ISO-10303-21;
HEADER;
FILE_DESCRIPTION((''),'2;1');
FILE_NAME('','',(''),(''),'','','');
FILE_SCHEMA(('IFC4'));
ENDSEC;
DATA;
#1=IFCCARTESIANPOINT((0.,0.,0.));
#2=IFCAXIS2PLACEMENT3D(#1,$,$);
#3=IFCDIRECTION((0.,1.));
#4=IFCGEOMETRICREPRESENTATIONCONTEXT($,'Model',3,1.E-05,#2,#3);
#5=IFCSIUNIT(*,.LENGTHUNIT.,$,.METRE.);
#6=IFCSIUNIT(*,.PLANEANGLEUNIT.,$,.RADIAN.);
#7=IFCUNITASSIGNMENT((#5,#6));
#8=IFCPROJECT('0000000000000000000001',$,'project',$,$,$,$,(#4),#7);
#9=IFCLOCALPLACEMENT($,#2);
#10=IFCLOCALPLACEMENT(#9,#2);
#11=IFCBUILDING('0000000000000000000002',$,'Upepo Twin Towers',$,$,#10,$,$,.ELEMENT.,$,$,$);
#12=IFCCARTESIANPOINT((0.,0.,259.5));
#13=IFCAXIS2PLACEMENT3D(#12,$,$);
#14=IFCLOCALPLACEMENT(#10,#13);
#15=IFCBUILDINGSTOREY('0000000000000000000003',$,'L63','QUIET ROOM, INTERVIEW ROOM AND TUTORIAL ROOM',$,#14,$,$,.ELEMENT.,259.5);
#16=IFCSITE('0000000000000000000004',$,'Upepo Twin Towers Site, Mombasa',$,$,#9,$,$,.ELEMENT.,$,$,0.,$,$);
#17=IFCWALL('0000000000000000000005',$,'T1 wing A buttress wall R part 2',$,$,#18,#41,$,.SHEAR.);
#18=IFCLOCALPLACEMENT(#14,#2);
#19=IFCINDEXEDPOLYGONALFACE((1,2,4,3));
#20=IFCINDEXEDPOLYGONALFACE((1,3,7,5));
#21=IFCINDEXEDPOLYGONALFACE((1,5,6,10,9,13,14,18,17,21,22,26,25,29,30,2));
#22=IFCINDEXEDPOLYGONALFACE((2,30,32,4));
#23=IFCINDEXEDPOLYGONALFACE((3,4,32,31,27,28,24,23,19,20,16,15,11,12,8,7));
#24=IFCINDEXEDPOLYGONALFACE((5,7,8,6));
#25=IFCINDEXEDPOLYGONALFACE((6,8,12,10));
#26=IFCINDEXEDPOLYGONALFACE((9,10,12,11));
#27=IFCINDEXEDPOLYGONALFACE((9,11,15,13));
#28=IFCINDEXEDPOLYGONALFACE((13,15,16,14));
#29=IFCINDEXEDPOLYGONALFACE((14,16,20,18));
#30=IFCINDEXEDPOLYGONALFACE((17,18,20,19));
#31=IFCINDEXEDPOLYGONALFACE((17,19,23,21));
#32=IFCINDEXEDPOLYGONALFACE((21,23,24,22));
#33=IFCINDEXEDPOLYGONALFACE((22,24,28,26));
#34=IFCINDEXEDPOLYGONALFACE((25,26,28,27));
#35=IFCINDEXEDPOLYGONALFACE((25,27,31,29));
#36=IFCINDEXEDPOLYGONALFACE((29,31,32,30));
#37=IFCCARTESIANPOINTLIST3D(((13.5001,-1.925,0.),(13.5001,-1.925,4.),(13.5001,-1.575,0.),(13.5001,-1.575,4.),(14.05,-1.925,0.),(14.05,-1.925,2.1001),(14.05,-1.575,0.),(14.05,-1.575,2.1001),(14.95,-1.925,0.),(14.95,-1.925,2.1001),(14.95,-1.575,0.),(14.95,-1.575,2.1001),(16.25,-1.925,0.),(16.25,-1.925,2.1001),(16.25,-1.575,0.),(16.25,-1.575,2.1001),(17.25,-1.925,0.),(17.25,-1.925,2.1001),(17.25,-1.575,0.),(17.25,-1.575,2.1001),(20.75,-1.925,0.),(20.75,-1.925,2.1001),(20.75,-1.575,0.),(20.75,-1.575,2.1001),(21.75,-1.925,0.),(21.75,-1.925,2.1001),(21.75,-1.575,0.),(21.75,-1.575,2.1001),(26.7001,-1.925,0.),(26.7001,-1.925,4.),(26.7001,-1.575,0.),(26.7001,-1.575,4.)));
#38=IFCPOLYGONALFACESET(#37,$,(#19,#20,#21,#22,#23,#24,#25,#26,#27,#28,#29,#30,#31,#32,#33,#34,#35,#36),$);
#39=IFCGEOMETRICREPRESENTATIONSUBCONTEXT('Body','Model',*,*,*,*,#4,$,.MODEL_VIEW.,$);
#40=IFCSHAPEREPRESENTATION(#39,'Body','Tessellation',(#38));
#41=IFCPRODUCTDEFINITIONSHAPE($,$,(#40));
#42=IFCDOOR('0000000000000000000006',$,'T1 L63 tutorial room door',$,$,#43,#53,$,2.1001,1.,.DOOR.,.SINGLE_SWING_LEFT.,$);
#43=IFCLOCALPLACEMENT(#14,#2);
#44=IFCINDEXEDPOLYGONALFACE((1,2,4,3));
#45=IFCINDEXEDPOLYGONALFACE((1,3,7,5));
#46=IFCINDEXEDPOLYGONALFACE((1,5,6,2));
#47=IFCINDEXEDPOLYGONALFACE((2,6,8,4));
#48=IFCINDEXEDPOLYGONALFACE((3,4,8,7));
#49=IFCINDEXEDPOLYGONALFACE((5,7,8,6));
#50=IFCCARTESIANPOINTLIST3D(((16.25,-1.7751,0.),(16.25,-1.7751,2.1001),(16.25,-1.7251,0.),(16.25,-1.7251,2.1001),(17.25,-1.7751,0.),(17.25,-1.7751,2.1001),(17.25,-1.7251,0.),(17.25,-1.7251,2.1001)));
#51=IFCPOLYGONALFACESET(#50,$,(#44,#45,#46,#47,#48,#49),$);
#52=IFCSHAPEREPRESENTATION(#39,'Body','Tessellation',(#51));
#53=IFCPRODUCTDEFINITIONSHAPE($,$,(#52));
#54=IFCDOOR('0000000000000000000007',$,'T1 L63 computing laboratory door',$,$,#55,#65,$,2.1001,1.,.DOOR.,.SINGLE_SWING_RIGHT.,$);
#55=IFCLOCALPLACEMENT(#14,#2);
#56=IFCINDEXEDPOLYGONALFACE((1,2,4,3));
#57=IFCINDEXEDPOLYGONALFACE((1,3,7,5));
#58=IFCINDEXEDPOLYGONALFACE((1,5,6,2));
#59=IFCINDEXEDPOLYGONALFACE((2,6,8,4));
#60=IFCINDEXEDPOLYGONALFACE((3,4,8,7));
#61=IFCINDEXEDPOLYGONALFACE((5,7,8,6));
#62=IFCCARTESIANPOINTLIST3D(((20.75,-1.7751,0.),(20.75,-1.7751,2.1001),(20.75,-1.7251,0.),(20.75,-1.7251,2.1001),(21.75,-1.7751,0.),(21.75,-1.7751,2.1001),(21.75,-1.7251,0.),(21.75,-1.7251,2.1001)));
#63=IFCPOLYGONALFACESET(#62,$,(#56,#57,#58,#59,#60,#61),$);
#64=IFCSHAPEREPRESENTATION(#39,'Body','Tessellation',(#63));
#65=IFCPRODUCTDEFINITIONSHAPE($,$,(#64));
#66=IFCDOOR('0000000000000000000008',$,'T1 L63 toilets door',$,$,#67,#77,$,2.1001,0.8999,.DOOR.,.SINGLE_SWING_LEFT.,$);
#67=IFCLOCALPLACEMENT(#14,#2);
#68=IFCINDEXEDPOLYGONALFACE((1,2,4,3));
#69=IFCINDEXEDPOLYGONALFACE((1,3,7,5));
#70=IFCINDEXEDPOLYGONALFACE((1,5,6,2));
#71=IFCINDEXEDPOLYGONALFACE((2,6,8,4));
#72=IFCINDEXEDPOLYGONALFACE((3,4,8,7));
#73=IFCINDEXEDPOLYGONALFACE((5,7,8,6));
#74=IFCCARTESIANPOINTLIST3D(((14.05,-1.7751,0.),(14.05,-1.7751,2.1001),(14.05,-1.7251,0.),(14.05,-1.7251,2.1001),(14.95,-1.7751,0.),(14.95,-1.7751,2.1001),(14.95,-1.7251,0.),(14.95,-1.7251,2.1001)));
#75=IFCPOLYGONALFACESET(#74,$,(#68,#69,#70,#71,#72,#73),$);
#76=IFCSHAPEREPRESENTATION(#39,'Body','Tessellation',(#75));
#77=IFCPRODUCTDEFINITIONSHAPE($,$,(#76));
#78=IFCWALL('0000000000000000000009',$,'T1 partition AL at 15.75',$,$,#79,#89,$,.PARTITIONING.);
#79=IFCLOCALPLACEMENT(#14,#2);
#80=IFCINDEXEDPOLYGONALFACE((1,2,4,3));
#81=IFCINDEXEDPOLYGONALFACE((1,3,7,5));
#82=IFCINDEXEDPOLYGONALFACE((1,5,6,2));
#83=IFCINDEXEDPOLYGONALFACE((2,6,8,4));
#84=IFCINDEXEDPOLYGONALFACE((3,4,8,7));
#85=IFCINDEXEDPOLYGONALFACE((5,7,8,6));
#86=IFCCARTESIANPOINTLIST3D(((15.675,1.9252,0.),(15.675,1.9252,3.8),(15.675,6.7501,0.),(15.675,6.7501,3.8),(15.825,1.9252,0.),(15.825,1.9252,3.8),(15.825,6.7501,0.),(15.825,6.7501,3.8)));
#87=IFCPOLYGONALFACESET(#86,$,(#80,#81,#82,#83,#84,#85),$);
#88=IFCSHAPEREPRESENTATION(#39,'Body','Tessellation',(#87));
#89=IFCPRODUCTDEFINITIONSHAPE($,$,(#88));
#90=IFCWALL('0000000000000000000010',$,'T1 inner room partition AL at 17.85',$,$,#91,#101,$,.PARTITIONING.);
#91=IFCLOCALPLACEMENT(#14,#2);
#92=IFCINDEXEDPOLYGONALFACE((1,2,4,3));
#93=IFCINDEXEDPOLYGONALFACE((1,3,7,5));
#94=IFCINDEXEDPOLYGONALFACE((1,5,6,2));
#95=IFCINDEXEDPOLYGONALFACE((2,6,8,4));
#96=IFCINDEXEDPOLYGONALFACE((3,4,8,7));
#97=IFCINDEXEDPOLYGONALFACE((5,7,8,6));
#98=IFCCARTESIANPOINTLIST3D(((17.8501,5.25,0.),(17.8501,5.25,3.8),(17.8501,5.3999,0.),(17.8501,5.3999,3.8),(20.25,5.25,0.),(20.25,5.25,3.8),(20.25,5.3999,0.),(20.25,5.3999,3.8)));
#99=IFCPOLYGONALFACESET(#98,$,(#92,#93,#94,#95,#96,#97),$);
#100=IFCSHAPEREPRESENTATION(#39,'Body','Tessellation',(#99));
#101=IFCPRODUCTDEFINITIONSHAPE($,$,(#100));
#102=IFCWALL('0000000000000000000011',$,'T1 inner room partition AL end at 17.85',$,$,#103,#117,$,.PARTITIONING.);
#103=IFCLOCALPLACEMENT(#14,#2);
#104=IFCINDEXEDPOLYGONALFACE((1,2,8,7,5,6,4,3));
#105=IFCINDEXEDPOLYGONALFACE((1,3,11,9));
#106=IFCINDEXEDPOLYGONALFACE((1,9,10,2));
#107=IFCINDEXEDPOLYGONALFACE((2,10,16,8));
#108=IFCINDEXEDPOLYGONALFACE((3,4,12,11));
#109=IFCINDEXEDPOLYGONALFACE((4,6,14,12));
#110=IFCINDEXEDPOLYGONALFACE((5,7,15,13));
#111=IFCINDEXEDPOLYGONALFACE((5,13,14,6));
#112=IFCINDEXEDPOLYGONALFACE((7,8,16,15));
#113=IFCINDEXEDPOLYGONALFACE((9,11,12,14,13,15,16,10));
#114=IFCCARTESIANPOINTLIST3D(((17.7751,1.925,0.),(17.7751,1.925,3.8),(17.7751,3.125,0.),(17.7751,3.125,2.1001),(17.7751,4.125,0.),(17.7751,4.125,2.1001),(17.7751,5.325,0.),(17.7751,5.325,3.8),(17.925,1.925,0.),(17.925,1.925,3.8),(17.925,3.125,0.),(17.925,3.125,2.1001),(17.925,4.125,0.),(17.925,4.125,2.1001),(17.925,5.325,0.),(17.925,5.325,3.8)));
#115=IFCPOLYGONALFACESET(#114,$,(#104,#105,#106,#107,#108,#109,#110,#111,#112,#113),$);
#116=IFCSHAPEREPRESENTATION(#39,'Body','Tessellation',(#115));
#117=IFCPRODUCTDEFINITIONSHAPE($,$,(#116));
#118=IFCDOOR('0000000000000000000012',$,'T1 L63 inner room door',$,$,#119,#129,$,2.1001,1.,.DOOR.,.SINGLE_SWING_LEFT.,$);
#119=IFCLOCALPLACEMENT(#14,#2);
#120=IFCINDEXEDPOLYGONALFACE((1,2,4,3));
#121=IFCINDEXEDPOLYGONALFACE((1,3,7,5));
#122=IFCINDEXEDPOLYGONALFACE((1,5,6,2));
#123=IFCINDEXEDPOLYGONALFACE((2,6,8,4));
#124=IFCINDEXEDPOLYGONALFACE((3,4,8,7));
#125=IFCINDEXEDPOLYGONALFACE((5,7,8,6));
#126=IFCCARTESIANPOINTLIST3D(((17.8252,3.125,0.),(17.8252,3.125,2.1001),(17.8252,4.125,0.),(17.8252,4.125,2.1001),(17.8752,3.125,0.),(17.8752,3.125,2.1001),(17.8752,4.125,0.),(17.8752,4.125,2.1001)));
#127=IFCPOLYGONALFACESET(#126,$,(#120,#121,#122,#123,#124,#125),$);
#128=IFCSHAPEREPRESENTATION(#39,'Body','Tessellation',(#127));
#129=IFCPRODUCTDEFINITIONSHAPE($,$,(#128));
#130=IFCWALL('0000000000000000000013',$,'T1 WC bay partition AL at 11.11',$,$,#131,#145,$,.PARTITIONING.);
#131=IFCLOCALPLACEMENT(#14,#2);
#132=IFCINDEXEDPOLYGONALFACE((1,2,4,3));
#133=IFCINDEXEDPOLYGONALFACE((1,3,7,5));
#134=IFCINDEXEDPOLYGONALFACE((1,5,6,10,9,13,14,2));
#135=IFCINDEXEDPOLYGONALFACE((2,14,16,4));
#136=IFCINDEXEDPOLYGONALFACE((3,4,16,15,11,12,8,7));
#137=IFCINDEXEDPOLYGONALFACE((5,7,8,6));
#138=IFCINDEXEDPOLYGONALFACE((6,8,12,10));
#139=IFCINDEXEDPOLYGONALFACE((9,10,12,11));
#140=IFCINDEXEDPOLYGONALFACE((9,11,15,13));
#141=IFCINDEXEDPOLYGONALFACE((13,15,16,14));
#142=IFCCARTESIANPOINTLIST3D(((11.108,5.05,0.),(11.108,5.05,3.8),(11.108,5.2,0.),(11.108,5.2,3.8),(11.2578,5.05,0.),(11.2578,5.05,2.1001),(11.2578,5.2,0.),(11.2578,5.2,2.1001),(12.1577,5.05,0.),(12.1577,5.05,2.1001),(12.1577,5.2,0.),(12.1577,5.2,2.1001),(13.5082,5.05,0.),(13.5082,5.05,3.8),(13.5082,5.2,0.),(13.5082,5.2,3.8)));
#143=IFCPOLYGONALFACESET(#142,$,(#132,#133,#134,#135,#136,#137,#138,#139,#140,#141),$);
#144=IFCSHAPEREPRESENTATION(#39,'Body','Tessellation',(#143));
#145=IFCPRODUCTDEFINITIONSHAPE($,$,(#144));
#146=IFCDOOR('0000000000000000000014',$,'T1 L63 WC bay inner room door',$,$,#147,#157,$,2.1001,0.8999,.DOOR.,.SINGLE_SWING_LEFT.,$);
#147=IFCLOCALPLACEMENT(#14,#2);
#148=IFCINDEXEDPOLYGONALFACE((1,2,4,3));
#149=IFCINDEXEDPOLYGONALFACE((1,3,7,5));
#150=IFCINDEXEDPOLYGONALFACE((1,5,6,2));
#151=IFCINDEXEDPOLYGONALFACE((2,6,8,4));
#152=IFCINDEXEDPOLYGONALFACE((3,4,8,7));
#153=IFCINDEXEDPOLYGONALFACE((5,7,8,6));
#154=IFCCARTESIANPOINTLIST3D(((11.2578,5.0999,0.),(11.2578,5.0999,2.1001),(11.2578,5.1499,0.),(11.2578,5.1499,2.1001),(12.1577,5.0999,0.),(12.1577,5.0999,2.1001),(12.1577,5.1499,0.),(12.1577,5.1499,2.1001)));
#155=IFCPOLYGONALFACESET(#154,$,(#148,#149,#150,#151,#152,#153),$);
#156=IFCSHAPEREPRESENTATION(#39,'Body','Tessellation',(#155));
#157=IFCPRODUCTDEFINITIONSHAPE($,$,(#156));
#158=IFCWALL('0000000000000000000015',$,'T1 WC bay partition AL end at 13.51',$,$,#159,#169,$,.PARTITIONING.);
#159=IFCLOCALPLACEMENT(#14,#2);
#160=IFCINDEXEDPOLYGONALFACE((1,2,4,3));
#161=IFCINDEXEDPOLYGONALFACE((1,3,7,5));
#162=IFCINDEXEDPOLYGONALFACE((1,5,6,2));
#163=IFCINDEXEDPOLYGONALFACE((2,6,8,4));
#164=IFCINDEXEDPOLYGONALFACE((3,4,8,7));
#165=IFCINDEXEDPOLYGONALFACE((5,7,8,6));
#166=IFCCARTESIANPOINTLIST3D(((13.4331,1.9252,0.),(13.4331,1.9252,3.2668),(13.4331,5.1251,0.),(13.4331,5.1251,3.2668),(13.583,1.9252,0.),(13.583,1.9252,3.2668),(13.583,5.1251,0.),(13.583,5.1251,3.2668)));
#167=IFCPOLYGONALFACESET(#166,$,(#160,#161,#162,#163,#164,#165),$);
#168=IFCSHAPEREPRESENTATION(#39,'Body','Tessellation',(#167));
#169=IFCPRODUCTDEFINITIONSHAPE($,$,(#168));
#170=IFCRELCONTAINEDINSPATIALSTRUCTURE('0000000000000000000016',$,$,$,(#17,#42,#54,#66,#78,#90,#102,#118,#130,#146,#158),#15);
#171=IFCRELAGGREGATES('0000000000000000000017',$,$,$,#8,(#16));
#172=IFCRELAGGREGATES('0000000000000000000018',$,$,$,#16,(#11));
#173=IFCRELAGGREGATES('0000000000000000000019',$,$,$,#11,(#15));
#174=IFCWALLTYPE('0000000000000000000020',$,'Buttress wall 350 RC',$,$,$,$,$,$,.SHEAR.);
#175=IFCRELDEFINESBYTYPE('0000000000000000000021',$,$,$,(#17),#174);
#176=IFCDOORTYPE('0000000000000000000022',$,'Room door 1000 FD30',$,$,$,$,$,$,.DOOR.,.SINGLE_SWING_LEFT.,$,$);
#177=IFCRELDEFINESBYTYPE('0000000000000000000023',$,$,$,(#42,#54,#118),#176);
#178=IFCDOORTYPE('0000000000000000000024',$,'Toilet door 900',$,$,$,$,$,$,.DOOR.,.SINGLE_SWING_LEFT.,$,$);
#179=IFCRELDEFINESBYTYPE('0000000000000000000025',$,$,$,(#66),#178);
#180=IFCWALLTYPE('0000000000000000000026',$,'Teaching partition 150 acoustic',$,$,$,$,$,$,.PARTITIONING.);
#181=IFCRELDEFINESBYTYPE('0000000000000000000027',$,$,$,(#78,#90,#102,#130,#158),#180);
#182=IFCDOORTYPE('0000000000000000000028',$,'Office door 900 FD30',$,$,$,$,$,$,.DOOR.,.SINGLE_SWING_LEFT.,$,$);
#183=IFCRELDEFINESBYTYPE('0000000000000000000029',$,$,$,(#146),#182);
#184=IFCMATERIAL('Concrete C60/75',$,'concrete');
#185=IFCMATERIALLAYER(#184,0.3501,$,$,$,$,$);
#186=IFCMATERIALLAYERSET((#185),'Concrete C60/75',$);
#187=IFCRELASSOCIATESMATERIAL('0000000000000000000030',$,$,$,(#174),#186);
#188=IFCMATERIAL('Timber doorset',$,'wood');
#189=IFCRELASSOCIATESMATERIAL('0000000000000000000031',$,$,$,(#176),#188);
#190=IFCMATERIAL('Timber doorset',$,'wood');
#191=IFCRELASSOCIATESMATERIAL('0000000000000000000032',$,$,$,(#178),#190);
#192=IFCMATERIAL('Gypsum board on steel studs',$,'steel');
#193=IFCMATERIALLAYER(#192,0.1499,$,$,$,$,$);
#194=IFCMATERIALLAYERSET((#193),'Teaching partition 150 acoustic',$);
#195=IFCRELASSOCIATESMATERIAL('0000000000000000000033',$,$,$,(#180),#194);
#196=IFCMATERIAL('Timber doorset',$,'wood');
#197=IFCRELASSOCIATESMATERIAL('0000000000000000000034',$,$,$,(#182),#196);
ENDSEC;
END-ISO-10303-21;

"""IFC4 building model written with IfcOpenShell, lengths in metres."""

from ifc_helpers import new_model, si_unit, direction, frame, frame_2d, origin, place, context, subcontext, project, spatial, rectangle, extrude, material, layer, layer_set, type_object, element, fill, save


model = new_model("IFC4")

# Units and contexts
model_context = context("Model", 3, precision=1e-05, world=origin(), true_north=direction((0.0, 1.0)))
body_context = subcontext(model_context, "Body", "Model", "MODEL_VIEW")
ifc_project = project(units=[si_unit("LENGTHUNIT", "METRE"), si_unit("PLANEANGLEUNIT", "RADIAN")], contexts=[model_context])

# Site, building, storey
site_placement = place(None, origin())
site = spatial("IfcSite", under=ifc_project, at=site_placement, Name="Upepo Twin Towers Site, Mombasa", CompositionType="ELEMENT", RefElevation=0.0)
building_placement = place(site_placement, origin())
building = spatial("IfcBuilding", under=site, at=building_placement, Name="Upepo Twin Towers", CompositionType="ELEMENT")
storey_placement = place(building_placement, frame((0.0, 0.0, 259.5)))
storey = spatial("IfcBuildingStorey", under=building, at=storey_placement, Name="L63", Description="QUIET ROOM, INTERVIEW ROOM AND TUTORIAL ROOM", CompositionType="ELEMENT", Elevation=259.5)

# Wall, openings, doors
ifc_material_1 = material(Name="Concrete C60/75", Category="concrete")
ifc_layer_1 = layer(ifc_material_1, 0.3501)
ifc_layer_set_1 = layer_set([ifc_layer_1], Name="Concrete C60/75")
wall_type_1 = type_object("IfcWallType", Name="Buttress wall 350 RC", PredefinedType="SHEAR", material=ifc_layer_set_1)
ifc_material_2 = material(Name="Timber doorset", Category="wood")
door_type_1 = type_object("IfcDoorType", Name="Room door 1000 FD30", OperationType="SINGLE_SWING_LEFT", PredefinedType="DOOR", material=ifc_material_2)
ifc_material_3 = material(Name="Timber doorset", Category="wood")
door_type_2 = type_object("IfcDoorType", Name="Toilet door 900", OperationType="SINGLE_SWING_LEFT", PredefinedType="DOOR", material=ifc_material_3)
wall_1_placement = place(storey_placement, frame((13.5, -1.75, 0.0), z_axis=(0.0, 0.0, 1.0), x_axis=(1.0, 0.0, 0.0)))
wall_1 = element("IfcWall", 1, at=wall_1_placement, inside=storey, type_object=wall_type_1, Name="T1 wing A buttress wall R part 2", PredefinedType="SHEAR", context=body_context, shape_type="SweptSolid", body=[
    extrude(rectangle(XDim=13.2, YDim=0.3501, at=frame_2d((6.6001, 0.0))), origin(), (0.0, 0.0, 1.0), 4.0),
])
opening_1_placement = place(wall_1_placement, frame((0.55, 0.0, 0.0)))
opening_1 = element("IfcOpeningElement", 2, at=opening_1_placement, cuts=wall_1, PredefinedType="OPENING", context=body_context, shape_type="SweptSolid", body=[
    extrude(rectangle(XDim=0.8999, YDim=2.1001, at=frame_2d((0.45, 1.05))), frame((0.0, 0.1851, 0.0), z_axis=(0.0, -1.0, 0.0), x_axis=(1.0, 0.0, 0.0)), (0.0, 0.0, 1.0), 0.3701),
])
opening_2_placement = place(wall_1_placement, frame((2.75, 0.0, 0.0)))
opening_2 = element("IfcOpeningElement", 3, at=opening_2_placement, cuts=wall_1, PredefinedType="OPENING", context=body_context, shape_type="SweptSolid", body=[
    extrude(rectangle(XDim=1.0, YDim=2.1001, at=frame_2d((0.5, 1.05))), frame((0.0, 0.1851, 0.0), z_axis=(0.0, -1.0, 0.0), x_axis=(1.0, 0.0, 0.0)), (0.0, 0.0, 1.0), 0.3701),
])
opening_3_placement = place(wall_1_placement, frame((7.25, 0.0, 0.0)))
opening_3 = element("IfcOpeningElement", 4, at=opening_3_placement, cuts=wall_1, PredefinedType="OPENING", context=body_context, shape_type="SweptSolid", body=[
    extrude(rectangle(XDim=1.0, YDim=2.1001, at=frame_2d((0.5, 1.05))), frame((0.0, 0.1851, 0.0), z_axis=(0.0, -1.0, 0.0), x_axis=(1.0, 0.0, 0.0)), (0.0, 0.0, 1.0), 0.3701),
])
door_1_placement = place(opening_2_placement, origin())
door_1 = element("IfcDoor", 5, at=door_1_placement, inside=storey, type_object=door_type_1, Name="T1 L63 tutorial room door", OperationType="SINGLE_SWING_LEFT", OverallHeight=2.1001, OverallWidth=1.0, PredefinedType="DOOR", context=body_context, shape_type="SweptSolid", body=[
    extrude(rectangle(XDim=1.0, YDim=2.1001, at=frame_2d((0.5, 1.05))), frame((0.0, 0.0249, 0.0), z_axis=(0.0, -1.0, 0.0), x_axis=(1.0, 0.0, 0.0)), (0.0, 0.0, 1.0), 0.05),
])
fill(opening_2, door_1)
door_2_placement = place(opening_3_placement, origin())
door_2 = element("IfcDoor", 6, at=door_2_placement, inside=storey, type_object=door_type_1, Name="T1 L63 computing laboratory door", OperationType="SINGLE_SWING_RIGHT", OverallHeight=2.1001, OverallWidth=1.0, PredefinedType="DOOR", context=body_context, shape_type="SweptSolid", body=[
    extrude(rectangle(XDim=1.0, YDim=2.1001, at=frame_2d((0.5, 1.05))), frame((0.0, 0.0249, 0.0), z_axis=(0.0, -1.0, 0.0), x_axis=(1.0, 0.0, 0.0)), (0.0, 0.0, 1.0), 0.05),
])
fill(opening_3, door_2)
door_3_placement = place(opening_1_placement, origin())
door_3 = element("IfcDoor", 7, at=door_3_placement, inside=storey, type_object=door_type_2, Name="T1 L63 toilets door", OperationType="SINGLE_SWING_LEFT", OverallHeight=2.1001, OverallWidth=0.8999, PredefinedType="DOOR", context=body_context, shape_type="SweptSolid", body=[
    extrude(rectangle(XDim=0.8999, YDim=2.1001, at=frame_2d((0.45, 1.05))), frame((0.0, 0.0249, 0.0), z_axis=(0.0, -1.0, 0.0), x_axis=(1.0, 0.0, 0.0)), (0.0, 0.0, 1.0), 0.05),
])
fill(opening_1, door_3)

# Walls
ifc_material_4 = material(Name="Gypsum board on steel studs", Category="steel")
ifc_layer_2 = layer(ifc_material_4, 0.1499)
ifc_layer_set_2 = layer_set([ifc_layer_2], Name="Teaching partition 150 acoustic")
wall_type_2 = type_object("IfcWallType", Name="Teaching partition 150 acoustic", PredefinedType="PARTITIONING", material=ifc_layer_set_2)
wall_2_placement = place(storey_placement, frame((15.75, 1.925, 0.0), z_axis=(0.0, 0.0, 1.0), x_axis=(0.0, 1.0, 0.0)))
element("IfcWall", 8, at=wall_2_placement, inside=storey, type_object=wall_type_2, Name="T1 partition AL at 15.75", PredefinedType="PARTITIONING", context=body_context, shape_type="SweptSolid", body=[
    extrude(rectangle(XDim=4.825, YDim=0.1499, at=frame_2d((2.4126, 0.0))), origin(), (0.0, 0.0, 1.0), 3.8),
])
wall_3_placement = place(storey_placement, frame((17.8501, 5.325, 0.0), z_axis=(0.0, 0.0, 1.0), x_axis=(1.0, 0.0, 0.0)))
element("IfcWall", 9, at=wall_3_placement, inside=storey, type_object=wall_type_2, Name="T1 inner room partition AL at 17.85", PredefinedType="PARTITIONING", context=body_context, shape_type="SweptSolid", body=[
    extrude(rectangle(XDim=2.3999, YDim=0.1499, at=frame_2d((1.2, 0.0))), origin(), (0.0, 0.0, 1.0), 3.8),
])

# Walls, openings, doors
wall_4_placement = place(storey_placement, frame((17.8501, 1.925, 0.0), z_axis=(0.0, 0.0, 1.0), x_axis=(0.0, 1.0, 0.0)))
wall_4 = element("IfcWall", 10, at=wall_4_placement, inside=storey, type_object=wall_type_2, Name="T1 inner room partition AL end at 17.85", PredefinedType="PARTITIONING", context=body_context, shape_type="SweptSolid", body=[
    extrude(rectangle(XDim=3.3999, YDim=0.1499, at=frame_2d((1.7, 0.0))), origin(), (0.0, 0.0, 1.0), 3.8),
])
opening_4_placement = place(wall_4_placement, frame((1.2, 0.0, 0.0)))
opening_4 = element("IfcOpeningElement", 11, at=opening_4_placement, cuts=wall_4, PredefinedType="OPENING", context=body_context, shape_type="SweptSolid", body=[
    extrude(rectangle(XDim=1.0, YDim=2.1001, at=frame_2d((0.5, 1.05))), frame((0.0, 0.085, 0.0), z_axis=(0.0, -1.0, 0.0), x_axis=(1.0, 0.0, 0.0)), (0.0, 0.0, 1.0), 0.1699),
])
door_4_placement = place(opening_4_placement, origin())
door_4 = element("IfcDoor", 12, at=door_4_placement, inside=storey, type_object=door_type_1, Name="T1 L63 inner room door", OperationType="SINGLE_SWING_LEFT", OverallHeight=2.1001, OverallWidth=1.0, PredefinedType="DOOR", context=body_context, shape_type="SweptSolid", body=[
    extrude(rectangle(XDim=1.0, YDim=2.1001, at=frame_2d((0.5, 1.05))), frame((0.0, 0.0249, 0.0), z_axis=(0.0, -1.0, 0.0), x_axis=(1.0, 0.0, 0.0)), (0.0, 0.0, 1.0), 0.05),
])
fill(opening_4, door_4)
wall_5_placement = place(storey_placement, frame((11.1079, 5.125, 0.0), z_axis=(0.0, 0.0, 1.0), x_axis=(1.0, 0.0, 0.0)))
wall_5 = element("IfcWall", 13, at=wall_5_placement, inside=storey, type_object=wall_type_2, Name="T1 WC bay partition AL at 11.11", PredefinedType="PARTITIONING", context=body_context, shape_type="SweptSolid", body=[
    extrude(rectangle(XDim=2.4001, YDim=0.1499, at=frame_2d((1.2002, 0.0))), origin(), (0.0, 0.0, 1.0), 3.8),
])
opening_5_placement = place(wall_5_placement, frame((0.1499, 0.0, 0.0)))
opening_5 = element("IfcOpeningElement", 14, at=opening_5_placement, cuts=wall_5, PredefinedType="OPENING", context=body_context, shape_type="SweptSolid", body=[
    extrude(rectangle(XDim=0.8999, YDim=2.1001, at=frame_2d((0.45, 1.05))), frame((0.0, 0.085, 0.0), z_axis=(0.0, -1.0, 0.0), x_axis=(1.0, 0.0, 0.0)), (0.0, 0.0, 1.0), 0.1699),
])
ifc_material_5 = material(Name="Timber doorset", Category="wood")
door_type_3 = type_object("IfcDoorType", Name="Office door 900 FD30", OperationType="SINGLE_SWING_LEFT", PredefinedType="DOOR", material=ifc_material_5)
door_5_placement = place(opening_5_placement, origin())
door_5 = element("IfcDoor", 15, at=door_5_placement, inside=storey, type_object=door_type_3, Name="T1 L63 WC bay inner room door", OperationType="SINGLE_SWING_LEFT", OverallHeight=2.1001, OverallWidth=0.8999, PredefinedType="DOOR", context=body_context, shape_type="SweptSolid", body=[
    extrude(rectangle(XDim=0.8999, YDim=2.1001, at=frame_2d((0.45, 1.05))), frame((0.0, 0.0249, 0.0), z_axis=(0.0, -1.0, 0.0), x_axis=(1.0, 0.0, 0.0)), (0.0, 0.0, 1.0), 0.05),
])
fill(opening_5, door_5)

# Wall
wall_6_placement = place(storey_placement, frame((13.5081, 1.925, 0.0), z_axis=(0.0, 0.0, 1.0), x_axis=(0.0, 1.0, 0.0)))
element("IfcWall", 16, at=wall_6_placement, inside=storey, type_object=wall_type_2, Name="T1 WC bay partition AL end at 13.51", PredefinedType="PARTITIONING", context=body_context, shape_type="SweptSolid", body=[
    extrude(rectangle(XDim=3.2, YDim=0.1499, at=frame_2d((1.6001, 0.0))), origin(), (0.0, 0.0, 1.0), 3.2668),
])

save(model, "model.ifc")
